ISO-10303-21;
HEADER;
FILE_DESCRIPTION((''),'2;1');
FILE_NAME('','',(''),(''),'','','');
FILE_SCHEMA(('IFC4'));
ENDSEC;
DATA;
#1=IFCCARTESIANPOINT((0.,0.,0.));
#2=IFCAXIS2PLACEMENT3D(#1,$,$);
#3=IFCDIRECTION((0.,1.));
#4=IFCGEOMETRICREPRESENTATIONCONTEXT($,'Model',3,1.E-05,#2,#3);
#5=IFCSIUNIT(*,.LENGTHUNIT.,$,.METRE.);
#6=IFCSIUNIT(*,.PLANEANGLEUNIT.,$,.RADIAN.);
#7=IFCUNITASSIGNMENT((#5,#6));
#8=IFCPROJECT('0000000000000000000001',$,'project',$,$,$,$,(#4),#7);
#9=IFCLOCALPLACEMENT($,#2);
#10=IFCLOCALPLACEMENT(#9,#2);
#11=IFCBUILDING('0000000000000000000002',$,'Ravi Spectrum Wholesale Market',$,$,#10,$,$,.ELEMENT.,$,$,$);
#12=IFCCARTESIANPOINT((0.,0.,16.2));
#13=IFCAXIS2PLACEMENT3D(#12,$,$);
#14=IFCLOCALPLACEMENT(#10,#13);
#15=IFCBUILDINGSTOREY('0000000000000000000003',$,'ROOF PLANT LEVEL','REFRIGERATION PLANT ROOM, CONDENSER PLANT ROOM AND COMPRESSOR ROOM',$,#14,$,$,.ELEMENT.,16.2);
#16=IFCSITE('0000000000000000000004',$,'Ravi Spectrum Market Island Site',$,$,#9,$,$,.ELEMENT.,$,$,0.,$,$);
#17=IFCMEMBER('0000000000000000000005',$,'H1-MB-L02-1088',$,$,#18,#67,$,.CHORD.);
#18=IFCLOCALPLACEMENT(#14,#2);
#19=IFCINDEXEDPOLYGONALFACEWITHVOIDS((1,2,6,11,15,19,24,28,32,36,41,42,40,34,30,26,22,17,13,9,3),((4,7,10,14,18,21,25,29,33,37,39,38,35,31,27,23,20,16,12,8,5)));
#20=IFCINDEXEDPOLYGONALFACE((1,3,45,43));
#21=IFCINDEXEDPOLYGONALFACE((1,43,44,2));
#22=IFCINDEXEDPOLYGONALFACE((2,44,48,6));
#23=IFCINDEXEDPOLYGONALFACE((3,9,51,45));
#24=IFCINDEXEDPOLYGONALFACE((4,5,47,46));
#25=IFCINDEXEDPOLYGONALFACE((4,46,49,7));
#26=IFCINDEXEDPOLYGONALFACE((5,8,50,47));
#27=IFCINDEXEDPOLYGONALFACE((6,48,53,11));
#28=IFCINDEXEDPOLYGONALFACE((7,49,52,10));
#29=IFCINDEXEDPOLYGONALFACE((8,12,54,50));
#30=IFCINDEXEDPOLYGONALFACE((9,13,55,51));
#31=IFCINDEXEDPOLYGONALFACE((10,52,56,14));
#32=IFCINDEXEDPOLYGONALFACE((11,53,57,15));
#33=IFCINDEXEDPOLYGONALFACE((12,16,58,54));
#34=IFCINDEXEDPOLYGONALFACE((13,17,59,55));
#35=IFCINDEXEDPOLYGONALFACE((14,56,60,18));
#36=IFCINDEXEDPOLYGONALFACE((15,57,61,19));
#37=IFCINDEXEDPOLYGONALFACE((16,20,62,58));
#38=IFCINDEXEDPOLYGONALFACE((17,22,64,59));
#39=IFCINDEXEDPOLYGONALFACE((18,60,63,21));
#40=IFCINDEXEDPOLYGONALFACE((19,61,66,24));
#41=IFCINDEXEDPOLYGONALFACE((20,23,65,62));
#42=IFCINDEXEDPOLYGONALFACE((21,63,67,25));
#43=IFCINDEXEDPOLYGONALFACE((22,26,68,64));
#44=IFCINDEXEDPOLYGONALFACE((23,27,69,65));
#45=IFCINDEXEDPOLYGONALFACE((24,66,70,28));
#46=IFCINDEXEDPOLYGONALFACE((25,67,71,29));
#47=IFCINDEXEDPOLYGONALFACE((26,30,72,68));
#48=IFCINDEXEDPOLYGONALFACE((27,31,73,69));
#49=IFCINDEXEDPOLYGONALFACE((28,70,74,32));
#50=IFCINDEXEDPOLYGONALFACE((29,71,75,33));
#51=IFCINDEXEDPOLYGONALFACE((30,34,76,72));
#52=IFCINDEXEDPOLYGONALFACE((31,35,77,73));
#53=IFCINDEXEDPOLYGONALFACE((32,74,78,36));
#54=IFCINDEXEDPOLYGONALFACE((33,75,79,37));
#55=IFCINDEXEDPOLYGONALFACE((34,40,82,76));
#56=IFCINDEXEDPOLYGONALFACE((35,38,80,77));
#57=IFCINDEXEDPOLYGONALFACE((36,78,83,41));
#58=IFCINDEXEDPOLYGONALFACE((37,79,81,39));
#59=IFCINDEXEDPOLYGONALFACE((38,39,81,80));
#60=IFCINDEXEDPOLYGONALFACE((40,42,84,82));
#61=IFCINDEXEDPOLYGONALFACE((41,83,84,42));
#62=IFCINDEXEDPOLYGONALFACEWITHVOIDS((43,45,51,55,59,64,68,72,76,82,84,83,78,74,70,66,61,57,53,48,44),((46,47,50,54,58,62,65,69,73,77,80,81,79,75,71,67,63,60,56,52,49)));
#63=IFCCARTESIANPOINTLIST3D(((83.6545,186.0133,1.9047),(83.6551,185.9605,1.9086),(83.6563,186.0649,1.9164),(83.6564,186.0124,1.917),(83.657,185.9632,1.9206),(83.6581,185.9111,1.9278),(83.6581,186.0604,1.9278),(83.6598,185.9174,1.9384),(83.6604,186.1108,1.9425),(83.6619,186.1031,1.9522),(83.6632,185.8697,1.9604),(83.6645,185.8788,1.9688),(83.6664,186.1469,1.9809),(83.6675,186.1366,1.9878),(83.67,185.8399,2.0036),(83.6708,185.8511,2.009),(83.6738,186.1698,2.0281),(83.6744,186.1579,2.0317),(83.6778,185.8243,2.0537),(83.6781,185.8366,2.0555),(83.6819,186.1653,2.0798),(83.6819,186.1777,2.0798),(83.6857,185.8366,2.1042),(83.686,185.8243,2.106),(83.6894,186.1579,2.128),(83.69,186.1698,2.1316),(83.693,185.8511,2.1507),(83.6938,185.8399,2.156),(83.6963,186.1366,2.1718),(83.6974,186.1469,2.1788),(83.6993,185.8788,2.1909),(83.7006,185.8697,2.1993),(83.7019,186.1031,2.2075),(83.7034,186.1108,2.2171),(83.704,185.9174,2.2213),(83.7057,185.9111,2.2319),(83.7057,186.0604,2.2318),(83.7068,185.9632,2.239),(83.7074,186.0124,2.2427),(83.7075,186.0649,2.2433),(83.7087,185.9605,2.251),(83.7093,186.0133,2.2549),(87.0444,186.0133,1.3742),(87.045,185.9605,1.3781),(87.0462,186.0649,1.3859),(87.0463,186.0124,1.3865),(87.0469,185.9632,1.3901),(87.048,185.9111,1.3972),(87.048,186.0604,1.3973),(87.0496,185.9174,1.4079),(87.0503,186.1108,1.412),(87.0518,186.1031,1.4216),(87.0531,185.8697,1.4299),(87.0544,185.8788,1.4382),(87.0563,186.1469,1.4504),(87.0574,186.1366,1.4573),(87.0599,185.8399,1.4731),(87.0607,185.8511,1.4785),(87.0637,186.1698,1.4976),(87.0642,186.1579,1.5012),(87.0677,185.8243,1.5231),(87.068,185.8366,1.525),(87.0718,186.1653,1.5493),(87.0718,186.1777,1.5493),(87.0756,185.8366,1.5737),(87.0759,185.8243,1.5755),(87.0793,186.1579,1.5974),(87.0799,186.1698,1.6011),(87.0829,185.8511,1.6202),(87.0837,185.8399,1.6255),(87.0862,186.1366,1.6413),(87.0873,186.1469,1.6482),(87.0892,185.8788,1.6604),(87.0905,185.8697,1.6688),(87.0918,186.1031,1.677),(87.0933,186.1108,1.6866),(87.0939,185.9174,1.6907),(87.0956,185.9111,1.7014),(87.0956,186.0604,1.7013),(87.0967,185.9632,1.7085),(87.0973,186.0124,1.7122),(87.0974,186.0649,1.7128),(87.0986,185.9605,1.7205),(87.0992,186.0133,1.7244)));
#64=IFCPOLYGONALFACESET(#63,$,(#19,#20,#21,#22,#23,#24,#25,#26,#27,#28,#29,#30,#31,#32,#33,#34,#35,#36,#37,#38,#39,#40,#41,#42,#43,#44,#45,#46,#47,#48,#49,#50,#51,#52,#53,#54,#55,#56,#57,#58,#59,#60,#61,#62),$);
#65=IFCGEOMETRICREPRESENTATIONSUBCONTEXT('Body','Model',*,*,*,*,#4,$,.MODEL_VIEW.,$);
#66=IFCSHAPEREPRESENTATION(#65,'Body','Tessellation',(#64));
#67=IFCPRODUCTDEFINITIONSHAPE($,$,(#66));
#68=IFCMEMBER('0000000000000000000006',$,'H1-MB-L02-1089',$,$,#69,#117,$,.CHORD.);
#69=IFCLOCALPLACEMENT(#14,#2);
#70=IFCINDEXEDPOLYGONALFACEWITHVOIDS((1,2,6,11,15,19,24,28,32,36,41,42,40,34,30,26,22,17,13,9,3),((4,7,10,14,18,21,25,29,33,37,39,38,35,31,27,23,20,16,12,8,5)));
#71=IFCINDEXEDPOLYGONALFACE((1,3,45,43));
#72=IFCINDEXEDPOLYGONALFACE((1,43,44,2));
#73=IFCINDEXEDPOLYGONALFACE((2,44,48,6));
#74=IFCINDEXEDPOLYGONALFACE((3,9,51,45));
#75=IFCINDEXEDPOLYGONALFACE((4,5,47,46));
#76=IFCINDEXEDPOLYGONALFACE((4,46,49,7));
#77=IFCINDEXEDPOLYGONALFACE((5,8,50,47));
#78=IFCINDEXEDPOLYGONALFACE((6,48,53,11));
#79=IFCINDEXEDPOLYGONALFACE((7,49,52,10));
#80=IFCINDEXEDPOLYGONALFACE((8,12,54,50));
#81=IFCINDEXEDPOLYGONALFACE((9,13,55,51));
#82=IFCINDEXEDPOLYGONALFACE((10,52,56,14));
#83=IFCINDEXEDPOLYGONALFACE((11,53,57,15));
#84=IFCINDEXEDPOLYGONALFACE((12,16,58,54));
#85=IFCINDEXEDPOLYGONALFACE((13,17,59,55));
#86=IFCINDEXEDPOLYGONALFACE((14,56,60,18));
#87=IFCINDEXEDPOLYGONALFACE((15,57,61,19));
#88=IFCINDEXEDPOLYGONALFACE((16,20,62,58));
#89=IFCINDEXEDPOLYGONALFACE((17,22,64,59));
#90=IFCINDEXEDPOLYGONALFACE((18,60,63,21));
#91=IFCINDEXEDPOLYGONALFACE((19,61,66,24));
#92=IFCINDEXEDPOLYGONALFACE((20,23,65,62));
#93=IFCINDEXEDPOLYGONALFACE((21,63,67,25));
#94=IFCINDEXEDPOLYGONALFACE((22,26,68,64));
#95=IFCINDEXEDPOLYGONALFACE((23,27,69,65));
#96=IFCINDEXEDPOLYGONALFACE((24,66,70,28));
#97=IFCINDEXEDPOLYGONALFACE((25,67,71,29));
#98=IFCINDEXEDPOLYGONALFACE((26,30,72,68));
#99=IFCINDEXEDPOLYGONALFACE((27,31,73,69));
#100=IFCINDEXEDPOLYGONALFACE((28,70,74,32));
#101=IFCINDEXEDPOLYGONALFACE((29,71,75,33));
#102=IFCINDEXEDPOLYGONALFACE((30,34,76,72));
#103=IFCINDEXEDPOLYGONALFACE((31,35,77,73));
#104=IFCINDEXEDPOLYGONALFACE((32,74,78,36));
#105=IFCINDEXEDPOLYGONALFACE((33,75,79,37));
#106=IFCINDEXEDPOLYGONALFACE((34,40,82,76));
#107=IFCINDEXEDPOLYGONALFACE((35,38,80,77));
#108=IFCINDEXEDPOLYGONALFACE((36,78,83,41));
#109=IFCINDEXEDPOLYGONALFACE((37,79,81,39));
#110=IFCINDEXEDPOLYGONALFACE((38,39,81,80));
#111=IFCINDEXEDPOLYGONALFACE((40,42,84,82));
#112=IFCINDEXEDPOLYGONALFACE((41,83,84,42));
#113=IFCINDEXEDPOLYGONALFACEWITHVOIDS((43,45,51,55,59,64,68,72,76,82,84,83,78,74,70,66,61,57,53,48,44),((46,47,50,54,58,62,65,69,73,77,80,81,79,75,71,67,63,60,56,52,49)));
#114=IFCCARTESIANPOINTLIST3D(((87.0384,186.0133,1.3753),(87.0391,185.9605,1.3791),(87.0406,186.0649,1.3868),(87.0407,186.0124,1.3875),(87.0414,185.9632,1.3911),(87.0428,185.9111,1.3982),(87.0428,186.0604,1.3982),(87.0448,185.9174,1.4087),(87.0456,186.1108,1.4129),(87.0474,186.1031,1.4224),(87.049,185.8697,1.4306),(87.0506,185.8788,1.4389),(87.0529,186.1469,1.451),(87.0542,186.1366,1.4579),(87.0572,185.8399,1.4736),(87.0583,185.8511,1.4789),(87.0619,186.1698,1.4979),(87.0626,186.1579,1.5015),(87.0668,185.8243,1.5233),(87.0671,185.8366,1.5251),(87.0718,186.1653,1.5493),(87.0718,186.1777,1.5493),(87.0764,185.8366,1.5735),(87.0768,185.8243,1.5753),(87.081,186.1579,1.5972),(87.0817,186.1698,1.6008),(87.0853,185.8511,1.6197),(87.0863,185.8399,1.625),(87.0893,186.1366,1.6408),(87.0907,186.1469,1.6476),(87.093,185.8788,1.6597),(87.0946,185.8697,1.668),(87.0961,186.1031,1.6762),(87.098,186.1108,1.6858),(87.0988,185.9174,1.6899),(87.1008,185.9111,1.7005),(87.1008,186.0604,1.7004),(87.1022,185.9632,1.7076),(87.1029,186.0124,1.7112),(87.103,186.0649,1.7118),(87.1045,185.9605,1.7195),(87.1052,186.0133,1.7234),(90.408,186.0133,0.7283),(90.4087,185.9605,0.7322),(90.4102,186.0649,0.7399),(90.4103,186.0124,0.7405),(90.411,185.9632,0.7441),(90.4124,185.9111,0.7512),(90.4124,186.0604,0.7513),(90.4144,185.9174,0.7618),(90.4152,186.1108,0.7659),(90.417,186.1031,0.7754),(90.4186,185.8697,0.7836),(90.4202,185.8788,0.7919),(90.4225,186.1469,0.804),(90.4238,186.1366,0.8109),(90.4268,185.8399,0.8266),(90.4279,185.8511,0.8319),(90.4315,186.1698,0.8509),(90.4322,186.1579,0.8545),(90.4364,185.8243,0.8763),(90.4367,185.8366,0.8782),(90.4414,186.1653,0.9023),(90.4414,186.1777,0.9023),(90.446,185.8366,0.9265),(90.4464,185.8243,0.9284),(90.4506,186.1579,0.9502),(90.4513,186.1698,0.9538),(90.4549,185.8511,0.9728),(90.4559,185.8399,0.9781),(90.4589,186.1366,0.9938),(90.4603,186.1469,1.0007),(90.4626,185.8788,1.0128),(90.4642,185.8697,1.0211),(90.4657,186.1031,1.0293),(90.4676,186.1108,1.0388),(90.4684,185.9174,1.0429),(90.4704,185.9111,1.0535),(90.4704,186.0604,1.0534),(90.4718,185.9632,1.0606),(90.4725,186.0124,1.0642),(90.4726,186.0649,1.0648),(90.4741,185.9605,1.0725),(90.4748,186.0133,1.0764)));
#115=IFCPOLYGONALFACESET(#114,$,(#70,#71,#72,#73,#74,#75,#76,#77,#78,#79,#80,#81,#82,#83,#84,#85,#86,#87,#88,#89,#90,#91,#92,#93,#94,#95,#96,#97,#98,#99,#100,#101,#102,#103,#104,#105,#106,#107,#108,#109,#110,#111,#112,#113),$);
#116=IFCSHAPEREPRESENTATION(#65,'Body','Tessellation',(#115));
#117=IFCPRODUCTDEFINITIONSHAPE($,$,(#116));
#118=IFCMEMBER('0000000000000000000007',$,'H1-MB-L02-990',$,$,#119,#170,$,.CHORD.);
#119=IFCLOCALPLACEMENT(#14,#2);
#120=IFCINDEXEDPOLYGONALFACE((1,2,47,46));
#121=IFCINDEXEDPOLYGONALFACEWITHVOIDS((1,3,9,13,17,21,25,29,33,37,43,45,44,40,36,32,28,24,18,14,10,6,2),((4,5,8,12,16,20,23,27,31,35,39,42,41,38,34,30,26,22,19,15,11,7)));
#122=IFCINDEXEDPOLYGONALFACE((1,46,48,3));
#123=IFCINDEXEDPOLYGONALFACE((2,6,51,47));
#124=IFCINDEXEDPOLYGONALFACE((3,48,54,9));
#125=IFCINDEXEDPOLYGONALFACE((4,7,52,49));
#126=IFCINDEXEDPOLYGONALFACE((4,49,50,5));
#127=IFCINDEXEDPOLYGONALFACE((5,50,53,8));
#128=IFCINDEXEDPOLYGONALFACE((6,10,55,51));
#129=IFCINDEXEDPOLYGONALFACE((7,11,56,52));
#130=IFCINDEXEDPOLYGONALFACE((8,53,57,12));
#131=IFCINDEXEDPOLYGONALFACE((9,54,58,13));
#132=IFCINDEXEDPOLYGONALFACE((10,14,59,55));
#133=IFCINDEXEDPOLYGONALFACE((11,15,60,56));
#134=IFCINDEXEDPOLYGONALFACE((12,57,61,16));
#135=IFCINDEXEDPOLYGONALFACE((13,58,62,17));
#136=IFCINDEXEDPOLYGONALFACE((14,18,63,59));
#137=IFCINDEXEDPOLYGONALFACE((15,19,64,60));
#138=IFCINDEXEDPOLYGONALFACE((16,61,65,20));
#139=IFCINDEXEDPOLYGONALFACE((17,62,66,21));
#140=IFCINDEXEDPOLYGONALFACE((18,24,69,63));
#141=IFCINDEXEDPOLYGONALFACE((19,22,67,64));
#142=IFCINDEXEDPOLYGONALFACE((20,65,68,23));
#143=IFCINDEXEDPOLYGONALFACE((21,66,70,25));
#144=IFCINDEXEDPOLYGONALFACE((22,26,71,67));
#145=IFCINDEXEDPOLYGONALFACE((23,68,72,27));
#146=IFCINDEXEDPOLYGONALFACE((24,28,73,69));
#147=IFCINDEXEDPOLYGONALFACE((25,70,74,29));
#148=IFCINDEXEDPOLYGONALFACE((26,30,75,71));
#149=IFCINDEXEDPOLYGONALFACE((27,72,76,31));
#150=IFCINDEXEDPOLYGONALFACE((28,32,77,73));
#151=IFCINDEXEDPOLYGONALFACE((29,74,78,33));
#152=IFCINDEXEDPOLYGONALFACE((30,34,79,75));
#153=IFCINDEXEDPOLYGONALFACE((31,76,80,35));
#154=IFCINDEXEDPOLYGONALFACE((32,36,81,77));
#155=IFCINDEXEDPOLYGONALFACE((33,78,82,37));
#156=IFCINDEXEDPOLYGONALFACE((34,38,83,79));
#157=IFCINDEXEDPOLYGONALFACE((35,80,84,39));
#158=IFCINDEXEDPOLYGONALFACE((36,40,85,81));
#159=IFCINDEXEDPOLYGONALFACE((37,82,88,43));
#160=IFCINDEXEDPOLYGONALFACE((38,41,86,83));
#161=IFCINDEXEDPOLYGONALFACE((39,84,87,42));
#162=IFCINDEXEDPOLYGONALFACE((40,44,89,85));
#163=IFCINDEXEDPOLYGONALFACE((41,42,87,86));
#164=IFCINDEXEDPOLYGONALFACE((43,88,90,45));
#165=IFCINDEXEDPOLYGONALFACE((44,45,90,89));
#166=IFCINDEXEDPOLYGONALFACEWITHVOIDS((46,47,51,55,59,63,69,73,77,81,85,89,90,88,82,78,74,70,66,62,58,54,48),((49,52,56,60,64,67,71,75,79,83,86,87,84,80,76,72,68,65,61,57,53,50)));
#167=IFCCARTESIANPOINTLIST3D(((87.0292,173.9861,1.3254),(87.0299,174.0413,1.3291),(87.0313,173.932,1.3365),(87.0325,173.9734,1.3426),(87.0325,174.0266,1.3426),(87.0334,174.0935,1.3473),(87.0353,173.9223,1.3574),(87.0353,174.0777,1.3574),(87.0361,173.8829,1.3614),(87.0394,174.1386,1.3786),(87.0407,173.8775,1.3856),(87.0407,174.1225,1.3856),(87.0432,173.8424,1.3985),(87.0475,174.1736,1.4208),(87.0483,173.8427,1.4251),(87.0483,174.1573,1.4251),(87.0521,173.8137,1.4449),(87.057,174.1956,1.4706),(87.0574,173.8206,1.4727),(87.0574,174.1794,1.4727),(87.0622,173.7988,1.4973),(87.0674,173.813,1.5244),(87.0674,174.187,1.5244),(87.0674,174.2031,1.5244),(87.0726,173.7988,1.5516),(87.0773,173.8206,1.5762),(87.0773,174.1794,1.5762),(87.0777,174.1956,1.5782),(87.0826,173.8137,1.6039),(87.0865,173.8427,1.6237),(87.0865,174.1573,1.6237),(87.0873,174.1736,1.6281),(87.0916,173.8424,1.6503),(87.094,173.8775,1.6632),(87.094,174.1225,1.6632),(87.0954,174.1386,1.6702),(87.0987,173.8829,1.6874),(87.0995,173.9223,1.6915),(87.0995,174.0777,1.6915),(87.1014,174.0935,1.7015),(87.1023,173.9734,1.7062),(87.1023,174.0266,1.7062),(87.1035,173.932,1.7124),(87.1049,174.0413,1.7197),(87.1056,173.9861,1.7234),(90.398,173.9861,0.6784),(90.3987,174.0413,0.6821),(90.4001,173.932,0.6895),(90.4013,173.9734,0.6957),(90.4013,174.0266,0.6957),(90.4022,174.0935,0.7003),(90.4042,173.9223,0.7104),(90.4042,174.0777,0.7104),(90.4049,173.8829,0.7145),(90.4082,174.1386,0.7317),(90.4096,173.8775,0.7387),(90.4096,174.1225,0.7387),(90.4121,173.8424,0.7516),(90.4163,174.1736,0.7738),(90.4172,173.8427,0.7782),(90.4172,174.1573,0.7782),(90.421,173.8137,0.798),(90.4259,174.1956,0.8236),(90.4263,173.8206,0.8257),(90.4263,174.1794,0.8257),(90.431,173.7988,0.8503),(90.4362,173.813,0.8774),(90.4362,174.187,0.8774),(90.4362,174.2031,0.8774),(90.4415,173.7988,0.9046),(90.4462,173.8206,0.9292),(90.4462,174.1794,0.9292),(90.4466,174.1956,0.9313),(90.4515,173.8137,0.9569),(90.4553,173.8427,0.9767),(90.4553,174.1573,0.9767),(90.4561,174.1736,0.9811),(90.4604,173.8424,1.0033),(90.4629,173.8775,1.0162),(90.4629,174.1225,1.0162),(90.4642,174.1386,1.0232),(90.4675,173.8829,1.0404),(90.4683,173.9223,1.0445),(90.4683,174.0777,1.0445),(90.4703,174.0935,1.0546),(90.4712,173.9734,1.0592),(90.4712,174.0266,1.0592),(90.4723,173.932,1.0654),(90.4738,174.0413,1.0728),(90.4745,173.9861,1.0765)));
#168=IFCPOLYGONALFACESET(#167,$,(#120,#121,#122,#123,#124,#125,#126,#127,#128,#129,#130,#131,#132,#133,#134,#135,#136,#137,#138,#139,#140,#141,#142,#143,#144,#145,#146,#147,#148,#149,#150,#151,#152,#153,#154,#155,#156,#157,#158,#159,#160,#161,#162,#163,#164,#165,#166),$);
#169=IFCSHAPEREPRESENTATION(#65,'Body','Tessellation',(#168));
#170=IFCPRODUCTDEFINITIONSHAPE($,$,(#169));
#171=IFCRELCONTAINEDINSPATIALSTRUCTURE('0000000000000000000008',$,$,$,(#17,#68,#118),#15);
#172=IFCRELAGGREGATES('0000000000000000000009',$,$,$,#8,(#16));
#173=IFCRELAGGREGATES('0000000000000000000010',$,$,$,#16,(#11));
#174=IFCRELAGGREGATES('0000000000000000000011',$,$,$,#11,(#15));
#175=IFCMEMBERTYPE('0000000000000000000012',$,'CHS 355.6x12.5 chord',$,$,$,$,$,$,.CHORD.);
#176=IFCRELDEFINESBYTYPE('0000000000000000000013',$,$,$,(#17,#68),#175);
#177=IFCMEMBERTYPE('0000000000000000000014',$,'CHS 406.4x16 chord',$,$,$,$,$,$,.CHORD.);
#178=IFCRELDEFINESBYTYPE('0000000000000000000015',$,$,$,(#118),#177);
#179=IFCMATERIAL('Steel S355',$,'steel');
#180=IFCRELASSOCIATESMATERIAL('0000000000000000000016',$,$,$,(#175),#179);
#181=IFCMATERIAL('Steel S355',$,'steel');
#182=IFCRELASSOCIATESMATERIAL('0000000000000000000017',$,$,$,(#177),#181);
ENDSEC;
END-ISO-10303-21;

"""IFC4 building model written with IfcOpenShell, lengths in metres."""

from ifc_helpers import new_model, si_unit, direction, frame, origin, origin_2d, place, context, subcontext, project, spatial, hollow_circle, extrude, material, material_profile, profile_set, type_object, element, save


model = new_model("IFC4")

# Units and contexts
model_context = context("Model", 3, precision=1e-05, world=origin(), true_north=direction((0.0, 1.0)))
body_context = subcontext(model_context, "Body", "Model", "MODEL_VIEW")
ifc_project = project(units=[si_unit("LENGTHUNIT", "METRE"), si_unit("PLANEANGLEUNIT", "RADIAN")], contexts=[model_context])

# Site, building, storey
site_placement = place(None, origin())
site = spatial("IfcSite", under=ifc_project, at=site_placement, Name="Ravi Spectrum Market Island Site", CompositionType="ELEMENT", RefElevation=0.0)
building_placement = place(site_placement, origin())
building = spatial("IfcBuilding", under=site, at=building_placement, Name="Ravi Spectrum Wholesale Market", CompositionType="ELEMENT")
storey_placement = place(building_placement, frame((0.0, 0.0, 16.2)))
storey = spatial("IfcBuildingStorey", under=building, at=storey_placement, Name="ROOF PLANT LEVEL", Description="REFRIGERATION PLANT ROOM, CONDENSER PLANT ROOM AND COMPRESSOR ROOM", CompositionType="ELEMENT", Elevation=16.2)

# Members
ifc_material_1 = material(Name="Steel S355", Category="steel")
ifc_material_profile_1 = material_profile(ifc_material_1, hollow_circle(Radius=0.1777, WallThickness=0.0125, at=origin_2d()))
ifc_profile_set_1 = profile_set([ifc_material_profile_1], Name="Steel S355")
member_type_1 = type_object("IfcMemberType", Name="CHS 355.6x12.5 chord", PredefinedType="CHORD", material=ifc_profile_set_1)
for number, where, z_axis, x_axis, name in (
    (1, (83.6819, 186.0, 2.0798), (0.987974, 0.0, -0.154618), (0.0, 1.0, 0.0), "H1-MB-L02-1088"),
    (2, (87.0718, 186.0, 1.5493), (0.982062, 0.0, -0.188557), (0.0, 1.0, 0.0), "H1-MB-L02-1089"),
):
    element("IfcMember", number, at=place(storey_placement, frame(where, z_axis=z_axis, x_axis=x_axis)), inside=storey, type_object=member_type_1, Name=name, PredefinedType="CHORD", context=body_context, shape_type="SweptSolid", body=[
        extrude(hollow_circle(Radius=0.1777, WallThickness=0.0125, at=origin_2d()), origin(), (0.0, 0.0, 1.0), 3.4312),
    ])
ifc_material_2 = material(Name="Steel S355", Category="steel")
ifc_material_profile_2 = material_profile(ifc_material_2, hollow_circle(Radius=0.2031, WallThickness=0.0161, at=origin_2d()))
ifc_profile_set_2 = profile_set([ifc_material_profile_2], Name="Steel S355")
member_type_2 = type_object("IfcMemberType", Name="CHS 406.4x16 chord", PredefinedType="CHORD", material=ifc_profile_set_2)
for number, where, z_axis, x_axis, name in (
    (3, (87.0674, 174.0, 1.5244), (0.982055, 0.0, -0.188597), (0.0, 1.0, 0.0), "H1-MB-L02-990"),
):
    element("IfcMember", number, at=place(storey_placement, frame(where, z_axis=z_axis, x_axis=x_axis)), inside=storey, type_object=member_type_2, Name=name, PredefinedType="CHORD", context=body_context, shape_type="SweptSolid", body=[
        extrude(hollow_circle(Radius=0.2031, WallThickness=0.0161, at=origin_2d()), origin(), (0.0, 0.0, 1.0), 3.4304),
    ])

save(model, "model.ifc")
